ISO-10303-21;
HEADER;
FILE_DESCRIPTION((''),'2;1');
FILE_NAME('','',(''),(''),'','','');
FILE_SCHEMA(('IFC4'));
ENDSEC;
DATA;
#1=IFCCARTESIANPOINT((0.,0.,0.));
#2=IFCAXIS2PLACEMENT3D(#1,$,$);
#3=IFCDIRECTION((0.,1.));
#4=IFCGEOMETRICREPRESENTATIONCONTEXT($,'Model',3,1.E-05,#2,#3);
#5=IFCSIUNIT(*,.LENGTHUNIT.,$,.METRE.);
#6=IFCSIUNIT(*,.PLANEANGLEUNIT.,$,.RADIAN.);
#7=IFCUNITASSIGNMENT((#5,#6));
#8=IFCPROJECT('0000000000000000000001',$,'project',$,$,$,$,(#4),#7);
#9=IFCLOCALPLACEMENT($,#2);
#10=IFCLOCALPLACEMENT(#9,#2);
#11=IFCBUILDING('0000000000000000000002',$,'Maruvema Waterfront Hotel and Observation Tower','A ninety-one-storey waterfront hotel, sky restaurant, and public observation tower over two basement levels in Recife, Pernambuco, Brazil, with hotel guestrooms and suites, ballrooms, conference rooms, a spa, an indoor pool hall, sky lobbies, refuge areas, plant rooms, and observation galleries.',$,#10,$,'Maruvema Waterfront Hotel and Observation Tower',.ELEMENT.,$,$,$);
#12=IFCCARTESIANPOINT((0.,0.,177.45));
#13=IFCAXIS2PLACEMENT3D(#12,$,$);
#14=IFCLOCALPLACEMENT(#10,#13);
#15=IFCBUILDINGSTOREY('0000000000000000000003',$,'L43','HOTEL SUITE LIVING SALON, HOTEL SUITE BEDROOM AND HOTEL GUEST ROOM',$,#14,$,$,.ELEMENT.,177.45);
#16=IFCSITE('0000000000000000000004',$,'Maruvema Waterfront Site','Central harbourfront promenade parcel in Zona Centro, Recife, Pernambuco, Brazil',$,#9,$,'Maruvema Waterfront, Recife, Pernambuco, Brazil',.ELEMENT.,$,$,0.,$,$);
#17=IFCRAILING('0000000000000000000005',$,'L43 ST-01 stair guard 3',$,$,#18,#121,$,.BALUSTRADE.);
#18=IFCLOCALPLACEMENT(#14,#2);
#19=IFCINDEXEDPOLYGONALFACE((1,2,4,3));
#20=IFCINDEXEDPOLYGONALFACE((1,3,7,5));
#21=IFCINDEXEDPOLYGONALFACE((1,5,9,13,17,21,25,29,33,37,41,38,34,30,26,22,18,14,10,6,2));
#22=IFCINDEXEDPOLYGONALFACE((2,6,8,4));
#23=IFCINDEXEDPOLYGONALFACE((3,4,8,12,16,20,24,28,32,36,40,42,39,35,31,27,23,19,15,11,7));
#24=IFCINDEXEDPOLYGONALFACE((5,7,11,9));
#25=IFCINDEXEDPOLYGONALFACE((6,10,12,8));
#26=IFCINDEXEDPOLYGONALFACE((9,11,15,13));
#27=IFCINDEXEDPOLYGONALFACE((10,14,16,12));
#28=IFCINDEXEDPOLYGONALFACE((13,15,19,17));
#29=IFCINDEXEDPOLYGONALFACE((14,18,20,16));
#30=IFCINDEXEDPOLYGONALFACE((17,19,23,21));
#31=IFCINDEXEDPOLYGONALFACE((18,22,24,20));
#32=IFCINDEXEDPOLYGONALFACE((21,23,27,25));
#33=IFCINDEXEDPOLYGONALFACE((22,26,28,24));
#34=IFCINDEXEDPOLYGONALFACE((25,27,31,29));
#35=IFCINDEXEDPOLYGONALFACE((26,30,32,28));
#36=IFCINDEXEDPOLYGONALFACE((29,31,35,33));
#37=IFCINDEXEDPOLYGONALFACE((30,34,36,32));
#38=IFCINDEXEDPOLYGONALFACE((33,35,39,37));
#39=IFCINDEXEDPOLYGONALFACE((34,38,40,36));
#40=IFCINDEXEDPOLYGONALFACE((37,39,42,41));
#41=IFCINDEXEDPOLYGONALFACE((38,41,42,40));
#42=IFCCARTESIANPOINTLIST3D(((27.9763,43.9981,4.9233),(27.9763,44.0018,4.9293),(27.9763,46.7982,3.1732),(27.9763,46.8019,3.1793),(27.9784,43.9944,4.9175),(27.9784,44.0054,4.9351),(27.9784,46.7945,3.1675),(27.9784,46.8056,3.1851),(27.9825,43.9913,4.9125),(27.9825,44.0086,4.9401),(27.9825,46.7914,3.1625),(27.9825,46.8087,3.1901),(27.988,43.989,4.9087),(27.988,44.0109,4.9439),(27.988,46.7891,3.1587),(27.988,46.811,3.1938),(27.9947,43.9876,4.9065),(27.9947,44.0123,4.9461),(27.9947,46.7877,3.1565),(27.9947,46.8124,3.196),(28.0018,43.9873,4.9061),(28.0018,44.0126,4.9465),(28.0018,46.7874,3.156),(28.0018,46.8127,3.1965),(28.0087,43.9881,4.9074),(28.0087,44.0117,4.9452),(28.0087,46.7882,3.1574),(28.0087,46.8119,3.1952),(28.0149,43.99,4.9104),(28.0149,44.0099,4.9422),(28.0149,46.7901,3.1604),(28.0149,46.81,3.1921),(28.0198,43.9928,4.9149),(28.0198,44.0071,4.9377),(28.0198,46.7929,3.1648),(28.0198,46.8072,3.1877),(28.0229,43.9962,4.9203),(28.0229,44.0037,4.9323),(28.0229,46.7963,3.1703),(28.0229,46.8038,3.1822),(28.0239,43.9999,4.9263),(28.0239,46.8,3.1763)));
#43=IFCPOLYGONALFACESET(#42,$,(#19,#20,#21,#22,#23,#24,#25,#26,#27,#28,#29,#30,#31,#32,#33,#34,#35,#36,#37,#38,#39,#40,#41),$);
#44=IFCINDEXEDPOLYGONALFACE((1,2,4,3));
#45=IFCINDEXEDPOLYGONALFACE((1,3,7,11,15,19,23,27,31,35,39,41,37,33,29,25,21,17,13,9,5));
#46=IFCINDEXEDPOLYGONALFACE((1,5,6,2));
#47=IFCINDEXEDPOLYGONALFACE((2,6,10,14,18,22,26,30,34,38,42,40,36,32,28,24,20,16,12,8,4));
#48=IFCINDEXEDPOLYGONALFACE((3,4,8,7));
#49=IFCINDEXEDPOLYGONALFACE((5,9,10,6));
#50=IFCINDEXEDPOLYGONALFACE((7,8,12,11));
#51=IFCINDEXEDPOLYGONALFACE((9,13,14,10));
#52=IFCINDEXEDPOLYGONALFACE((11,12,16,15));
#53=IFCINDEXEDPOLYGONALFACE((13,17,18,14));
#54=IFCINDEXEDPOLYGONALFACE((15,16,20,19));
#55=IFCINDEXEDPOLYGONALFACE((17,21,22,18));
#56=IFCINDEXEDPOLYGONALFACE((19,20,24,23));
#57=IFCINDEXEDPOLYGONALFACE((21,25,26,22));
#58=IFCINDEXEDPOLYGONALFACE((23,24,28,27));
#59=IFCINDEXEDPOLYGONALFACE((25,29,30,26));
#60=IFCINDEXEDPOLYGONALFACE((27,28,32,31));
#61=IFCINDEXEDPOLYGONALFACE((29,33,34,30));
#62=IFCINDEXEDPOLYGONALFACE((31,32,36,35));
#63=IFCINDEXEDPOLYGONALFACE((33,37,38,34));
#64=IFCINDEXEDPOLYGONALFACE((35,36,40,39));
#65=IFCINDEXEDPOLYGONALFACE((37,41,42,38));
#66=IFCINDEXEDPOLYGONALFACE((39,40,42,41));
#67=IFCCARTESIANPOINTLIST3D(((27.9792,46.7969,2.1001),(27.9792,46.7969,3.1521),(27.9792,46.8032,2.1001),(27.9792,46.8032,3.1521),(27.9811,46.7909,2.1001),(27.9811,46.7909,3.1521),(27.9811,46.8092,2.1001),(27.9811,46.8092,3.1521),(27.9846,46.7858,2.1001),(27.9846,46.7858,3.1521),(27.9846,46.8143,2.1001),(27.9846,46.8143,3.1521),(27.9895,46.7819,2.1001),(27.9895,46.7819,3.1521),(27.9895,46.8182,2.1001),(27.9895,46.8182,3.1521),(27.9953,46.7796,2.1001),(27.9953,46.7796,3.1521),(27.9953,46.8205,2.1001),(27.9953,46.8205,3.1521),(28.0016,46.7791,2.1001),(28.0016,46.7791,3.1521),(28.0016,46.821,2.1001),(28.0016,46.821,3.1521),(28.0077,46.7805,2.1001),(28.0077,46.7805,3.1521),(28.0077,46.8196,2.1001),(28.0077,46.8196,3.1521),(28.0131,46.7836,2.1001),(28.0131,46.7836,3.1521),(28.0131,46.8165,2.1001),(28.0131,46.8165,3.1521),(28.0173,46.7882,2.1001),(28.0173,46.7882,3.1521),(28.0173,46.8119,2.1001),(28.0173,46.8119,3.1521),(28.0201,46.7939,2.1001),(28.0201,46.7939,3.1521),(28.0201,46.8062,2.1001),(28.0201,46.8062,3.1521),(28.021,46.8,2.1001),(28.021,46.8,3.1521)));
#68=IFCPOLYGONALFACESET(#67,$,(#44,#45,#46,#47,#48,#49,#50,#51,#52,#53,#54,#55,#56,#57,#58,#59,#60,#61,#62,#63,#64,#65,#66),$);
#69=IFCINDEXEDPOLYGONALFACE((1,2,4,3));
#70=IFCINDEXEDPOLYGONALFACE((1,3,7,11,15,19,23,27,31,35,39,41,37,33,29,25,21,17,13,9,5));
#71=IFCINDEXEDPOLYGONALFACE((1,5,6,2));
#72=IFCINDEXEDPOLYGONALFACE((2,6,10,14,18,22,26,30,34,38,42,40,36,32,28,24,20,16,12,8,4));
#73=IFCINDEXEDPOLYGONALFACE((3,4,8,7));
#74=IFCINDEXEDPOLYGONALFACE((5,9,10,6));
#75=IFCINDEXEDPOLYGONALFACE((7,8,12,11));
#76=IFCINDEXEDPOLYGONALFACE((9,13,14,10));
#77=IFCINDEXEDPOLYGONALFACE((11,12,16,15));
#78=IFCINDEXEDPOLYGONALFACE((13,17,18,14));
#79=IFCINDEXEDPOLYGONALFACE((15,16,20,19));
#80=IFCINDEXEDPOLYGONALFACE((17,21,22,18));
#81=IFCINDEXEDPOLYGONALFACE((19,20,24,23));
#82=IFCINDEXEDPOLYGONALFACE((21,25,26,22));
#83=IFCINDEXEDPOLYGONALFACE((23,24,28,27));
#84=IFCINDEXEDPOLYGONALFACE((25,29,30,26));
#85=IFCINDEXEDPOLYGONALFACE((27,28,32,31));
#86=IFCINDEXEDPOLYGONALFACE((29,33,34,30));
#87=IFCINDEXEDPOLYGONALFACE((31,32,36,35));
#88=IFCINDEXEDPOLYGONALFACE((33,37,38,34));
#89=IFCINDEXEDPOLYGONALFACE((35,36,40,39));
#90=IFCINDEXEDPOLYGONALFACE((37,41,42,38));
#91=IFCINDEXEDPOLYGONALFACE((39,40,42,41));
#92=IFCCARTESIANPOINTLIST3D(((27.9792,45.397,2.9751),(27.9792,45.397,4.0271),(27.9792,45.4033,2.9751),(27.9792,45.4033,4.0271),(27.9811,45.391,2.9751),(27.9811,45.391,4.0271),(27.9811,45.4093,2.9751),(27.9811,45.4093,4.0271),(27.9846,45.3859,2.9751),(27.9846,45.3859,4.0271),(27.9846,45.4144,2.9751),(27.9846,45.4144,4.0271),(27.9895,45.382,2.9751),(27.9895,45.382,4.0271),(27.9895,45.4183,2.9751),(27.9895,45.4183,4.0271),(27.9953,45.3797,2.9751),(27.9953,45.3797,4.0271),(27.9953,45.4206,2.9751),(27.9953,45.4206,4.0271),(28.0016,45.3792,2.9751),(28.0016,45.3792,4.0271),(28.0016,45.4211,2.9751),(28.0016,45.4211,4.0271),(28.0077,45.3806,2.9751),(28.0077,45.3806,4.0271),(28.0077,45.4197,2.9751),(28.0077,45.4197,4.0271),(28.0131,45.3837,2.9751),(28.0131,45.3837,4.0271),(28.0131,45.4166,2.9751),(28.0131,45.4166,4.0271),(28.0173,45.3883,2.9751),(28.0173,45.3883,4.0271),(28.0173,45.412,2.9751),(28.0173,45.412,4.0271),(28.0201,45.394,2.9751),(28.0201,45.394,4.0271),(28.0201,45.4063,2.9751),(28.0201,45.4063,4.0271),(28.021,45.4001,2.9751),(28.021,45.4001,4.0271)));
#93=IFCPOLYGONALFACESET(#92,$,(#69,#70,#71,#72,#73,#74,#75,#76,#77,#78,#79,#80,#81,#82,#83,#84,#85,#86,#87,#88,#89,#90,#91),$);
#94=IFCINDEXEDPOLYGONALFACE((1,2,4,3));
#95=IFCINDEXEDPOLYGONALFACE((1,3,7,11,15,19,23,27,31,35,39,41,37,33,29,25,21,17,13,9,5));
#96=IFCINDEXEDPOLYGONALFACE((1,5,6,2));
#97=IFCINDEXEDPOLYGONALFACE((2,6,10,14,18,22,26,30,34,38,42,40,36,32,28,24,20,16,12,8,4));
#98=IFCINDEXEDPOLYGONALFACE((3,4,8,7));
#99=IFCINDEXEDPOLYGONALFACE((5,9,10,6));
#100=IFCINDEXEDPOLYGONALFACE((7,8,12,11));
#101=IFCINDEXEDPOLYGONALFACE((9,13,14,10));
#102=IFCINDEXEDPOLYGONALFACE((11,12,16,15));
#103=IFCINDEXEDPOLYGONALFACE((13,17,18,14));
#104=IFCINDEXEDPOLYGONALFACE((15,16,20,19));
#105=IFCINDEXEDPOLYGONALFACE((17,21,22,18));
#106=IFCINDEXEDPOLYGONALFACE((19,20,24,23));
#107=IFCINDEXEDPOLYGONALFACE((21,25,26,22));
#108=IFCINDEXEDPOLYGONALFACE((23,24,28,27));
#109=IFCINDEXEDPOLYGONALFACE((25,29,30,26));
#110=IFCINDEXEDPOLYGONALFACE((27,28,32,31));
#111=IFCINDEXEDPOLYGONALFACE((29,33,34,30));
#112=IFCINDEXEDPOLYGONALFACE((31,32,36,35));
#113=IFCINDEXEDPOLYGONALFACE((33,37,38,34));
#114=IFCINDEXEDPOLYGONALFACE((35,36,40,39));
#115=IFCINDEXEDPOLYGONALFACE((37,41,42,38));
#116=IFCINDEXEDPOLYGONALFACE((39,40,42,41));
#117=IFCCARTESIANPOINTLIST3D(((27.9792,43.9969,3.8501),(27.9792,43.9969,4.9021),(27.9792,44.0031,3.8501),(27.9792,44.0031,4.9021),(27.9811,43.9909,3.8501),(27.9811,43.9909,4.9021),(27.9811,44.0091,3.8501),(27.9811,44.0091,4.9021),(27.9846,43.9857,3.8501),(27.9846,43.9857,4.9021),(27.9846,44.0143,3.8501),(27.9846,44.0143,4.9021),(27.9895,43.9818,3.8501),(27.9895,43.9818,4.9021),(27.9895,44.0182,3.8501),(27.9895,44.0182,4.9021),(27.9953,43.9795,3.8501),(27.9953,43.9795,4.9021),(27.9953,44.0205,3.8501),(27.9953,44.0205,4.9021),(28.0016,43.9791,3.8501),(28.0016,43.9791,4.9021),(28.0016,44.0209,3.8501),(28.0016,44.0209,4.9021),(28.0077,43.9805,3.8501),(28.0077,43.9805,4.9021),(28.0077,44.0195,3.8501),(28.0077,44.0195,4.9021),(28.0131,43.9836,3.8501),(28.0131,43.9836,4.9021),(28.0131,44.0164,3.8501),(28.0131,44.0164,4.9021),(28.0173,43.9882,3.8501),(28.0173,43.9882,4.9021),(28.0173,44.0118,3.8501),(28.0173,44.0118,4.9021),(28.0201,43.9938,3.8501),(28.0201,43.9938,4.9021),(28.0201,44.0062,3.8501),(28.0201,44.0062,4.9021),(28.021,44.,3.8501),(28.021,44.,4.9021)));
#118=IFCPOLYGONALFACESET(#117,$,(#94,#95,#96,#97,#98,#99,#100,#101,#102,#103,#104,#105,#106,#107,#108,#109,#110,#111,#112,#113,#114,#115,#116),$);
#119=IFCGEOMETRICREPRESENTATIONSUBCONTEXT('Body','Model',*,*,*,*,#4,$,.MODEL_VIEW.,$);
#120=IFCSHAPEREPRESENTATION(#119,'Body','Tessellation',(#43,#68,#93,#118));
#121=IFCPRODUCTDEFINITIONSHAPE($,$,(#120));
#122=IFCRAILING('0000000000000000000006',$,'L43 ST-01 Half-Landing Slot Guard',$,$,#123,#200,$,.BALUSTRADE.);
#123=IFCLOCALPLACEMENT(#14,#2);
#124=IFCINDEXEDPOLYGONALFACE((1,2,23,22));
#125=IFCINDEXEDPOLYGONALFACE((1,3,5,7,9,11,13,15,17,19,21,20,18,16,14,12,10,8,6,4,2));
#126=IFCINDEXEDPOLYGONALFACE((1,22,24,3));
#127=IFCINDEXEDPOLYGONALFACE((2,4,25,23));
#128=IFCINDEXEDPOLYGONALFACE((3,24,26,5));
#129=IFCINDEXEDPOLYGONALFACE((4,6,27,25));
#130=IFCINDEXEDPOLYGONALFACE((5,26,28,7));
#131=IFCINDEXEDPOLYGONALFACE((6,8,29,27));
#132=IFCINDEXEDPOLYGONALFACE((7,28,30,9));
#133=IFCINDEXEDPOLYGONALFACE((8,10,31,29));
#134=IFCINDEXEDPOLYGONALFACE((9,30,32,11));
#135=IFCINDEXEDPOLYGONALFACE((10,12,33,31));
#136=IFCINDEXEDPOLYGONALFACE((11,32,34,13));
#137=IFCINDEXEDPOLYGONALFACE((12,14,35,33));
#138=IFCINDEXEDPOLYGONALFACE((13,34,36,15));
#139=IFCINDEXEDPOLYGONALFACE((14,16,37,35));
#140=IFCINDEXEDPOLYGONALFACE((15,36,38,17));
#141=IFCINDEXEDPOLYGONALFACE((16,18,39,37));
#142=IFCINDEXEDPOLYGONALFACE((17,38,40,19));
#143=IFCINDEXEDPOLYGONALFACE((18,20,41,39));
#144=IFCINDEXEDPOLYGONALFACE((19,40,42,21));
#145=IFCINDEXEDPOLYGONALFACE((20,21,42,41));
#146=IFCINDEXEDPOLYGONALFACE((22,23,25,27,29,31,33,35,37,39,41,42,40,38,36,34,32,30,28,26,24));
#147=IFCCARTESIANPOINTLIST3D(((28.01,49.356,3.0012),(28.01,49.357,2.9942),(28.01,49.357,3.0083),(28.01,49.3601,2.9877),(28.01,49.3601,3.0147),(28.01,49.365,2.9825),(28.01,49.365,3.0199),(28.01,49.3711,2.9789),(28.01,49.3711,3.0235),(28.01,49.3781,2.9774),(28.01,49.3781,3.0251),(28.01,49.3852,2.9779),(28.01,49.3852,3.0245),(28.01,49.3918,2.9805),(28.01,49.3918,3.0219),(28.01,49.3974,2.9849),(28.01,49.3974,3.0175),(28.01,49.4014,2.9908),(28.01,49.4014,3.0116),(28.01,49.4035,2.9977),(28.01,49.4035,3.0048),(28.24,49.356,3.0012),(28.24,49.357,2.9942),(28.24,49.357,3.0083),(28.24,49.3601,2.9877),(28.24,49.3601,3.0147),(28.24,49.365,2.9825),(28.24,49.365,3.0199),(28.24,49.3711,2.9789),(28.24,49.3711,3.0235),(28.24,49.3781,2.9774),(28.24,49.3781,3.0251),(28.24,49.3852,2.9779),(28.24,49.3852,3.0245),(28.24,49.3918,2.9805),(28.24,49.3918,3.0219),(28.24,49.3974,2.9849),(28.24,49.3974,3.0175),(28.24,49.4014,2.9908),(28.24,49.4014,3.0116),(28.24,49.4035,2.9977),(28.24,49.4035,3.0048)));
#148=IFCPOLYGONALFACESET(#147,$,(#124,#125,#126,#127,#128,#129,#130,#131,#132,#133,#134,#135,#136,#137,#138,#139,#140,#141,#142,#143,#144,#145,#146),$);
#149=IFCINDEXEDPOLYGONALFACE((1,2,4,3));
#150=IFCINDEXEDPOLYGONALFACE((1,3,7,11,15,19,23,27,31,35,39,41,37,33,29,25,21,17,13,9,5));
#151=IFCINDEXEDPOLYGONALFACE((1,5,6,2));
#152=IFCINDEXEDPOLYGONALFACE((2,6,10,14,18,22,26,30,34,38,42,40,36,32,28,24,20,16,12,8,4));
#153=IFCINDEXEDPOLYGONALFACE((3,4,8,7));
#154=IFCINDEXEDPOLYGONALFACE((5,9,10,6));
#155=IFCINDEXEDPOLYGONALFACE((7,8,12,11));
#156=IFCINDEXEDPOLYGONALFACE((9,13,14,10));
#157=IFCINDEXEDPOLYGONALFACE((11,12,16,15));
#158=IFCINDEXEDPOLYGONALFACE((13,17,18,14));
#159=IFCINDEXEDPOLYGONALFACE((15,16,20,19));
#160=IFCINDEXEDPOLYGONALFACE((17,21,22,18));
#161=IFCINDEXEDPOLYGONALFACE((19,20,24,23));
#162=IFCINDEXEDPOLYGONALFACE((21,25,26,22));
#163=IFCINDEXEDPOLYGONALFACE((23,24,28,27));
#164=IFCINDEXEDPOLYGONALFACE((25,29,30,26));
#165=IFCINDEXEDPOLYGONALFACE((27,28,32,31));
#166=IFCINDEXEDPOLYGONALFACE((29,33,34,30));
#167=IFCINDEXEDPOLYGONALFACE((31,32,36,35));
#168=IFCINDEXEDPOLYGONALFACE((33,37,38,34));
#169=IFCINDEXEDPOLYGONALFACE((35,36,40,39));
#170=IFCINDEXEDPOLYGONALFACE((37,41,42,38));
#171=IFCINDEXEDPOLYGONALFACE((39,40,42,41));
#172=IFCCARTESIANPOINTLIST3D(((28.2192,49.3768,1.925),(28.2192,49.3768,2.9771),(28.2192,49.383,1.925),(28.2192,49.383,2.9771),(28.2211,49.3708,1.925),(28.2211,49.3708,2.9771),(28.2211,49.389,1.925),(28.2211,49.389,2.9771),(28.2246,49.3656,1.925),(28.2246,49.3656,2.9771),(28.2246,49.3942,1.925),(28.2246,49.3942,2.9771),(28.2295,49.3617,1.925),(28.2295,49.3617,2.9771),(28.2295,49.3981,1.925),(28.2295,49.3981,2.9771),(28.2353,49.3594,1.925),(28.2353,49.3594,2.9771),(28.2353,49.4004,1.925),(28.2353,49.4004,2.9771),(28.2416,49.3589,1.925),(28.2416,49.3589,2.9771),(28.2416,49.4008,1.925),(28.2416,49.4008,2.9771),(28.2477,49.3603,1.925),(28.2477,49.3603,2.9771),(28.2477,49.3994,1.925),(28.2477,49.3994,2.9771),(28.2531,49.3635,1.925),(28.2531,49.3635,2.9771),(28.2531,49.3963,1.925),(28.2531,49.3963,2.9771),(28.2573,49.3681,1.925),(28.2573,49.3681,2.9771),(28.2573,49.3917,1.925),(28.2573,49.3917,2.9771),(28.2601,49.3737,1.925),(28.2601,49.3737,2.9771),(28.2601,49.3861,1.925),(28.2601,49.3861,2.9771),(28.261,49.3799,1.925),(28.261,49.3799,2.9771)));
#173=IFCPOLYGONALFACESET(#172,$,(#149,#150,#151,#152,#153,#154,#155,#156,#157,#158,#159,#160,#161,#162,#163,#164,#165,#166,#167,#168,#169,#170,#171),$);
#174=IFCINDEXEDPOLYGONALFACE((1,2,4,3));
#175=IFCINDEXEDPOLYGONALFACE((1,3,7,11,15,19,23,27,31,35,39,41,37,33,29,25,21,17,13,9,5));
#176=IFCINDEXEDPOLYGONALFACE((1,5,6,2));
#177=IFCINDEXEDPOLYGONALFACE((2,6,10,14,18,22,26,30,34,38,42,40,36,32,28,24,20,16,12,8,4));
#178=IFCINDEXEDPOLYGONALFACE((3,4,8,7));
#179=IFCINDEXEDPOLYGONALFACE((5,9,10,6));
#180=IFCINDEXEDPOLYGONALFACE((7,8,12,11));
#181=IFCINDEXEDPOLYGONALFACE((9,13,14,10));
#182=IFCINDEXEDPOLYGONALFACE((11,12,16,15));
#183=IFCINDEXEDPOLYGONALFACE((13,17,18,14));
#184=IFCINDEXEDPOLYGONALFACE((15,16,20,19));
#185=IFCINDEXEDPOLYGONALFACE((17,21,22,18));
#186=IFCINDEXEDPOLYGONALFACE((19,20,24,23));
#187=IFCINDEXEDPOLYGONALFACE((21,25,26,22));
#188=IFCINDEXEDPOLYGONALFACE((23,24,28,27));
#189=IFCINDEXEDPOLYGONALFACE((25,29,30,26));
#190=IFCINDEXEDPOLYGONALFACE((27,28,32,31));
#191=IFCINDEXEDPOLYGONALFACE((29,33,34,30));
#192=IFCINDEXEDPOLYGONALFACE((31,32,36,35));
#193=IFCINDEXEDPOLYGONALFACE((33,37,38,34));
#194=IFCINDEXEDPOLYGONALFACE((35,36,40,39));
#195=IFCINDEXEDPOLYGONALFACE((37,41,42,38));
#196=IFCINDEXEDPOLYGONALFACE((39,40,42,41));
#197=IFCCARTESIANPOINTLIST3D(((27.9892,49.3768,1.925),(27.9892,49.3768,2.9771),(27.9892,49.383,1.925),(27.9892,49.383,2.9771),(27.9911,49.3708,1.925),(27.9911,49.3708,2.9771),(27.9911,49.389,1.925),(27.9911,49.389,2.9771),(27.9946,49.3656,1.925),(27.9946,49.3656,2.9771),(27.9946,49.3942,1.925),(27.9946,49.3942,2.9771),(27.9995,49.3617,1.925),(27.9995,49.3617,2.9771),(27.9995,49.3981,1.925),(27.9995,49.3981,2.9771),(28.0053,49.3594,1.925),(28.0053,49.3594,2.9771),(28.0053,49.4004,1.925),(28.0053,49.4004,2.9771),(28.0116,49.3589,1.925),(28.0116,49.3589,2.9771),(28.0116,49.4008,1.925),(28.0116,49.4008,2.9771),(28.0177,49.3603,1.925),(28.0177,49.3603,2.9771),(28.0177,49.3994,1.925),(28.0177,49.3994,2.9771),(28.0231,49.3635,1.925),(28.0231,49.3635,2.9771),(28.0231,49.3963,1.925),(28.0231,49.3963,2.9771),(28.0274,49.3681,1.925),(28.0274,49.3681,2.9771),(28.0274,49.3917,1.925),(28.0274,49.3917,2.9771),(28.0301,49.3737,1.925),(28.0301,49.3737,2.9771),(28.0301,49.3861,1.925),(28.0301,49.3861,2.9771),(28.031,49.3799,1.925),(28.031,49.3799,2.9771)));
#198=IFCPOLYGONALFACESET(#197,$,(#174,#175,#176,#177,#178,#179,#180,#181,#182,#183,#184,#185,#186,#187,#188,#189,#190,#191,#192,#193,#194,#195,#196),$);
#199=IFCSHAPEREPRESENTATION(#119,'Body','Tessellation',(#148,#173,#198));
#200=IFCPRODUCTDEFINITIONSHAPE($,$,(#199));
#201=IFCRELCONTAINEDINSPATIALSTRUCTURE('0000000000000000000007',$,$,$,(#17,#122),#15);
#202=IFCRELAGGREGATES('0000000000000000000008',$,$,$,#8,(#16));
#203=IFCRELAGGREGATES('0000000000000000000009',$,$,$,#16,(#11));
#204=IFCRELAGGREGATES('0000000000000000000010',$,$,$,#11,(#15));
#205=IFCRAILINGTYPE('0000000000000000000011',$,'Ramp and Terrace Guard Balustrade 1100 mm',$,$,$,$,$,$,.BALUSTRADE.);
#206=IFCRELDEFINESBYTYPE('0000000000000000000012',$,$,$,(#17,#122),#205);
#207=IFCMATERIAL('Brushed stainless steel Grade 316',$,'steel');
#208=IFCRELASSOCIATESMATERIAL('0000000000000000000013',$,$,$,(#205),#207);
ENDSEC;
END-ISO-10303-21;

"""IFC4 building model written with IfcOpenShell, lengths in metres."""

from ifc_helpers import new_model, si_unit, direction, frame, origin, origin_2d, place, context, subcontext, project, spatial, circle, extrude, material, type_object, element, save


model = new_model("IFC4")

# Units and contexts
model_context = context("Model", 3, precision=1e-05, world=origin(), true_north=direction((0.0, 1.0)))
body_context = subcontext(model_context, "Body", "Model", "MODEL_VIEW")
ifc_project = project(units=[si_unit("LENGTHUNIT", "METRE"), si_unit("PLANEANGLEUNIT", "RADIAN")], contexts=[model_context])

# Site, building, storey
site_placement = place(None, origin())
site = spatial("IfcSite", under=ifc_project, at=site_placement, Name="Maruvema Waterfront Site", Description="Central harbourfront promenade parcel in Zona Centro, Recife, Pernambuco, Brazil", LongName="Maruvema Waterfront, Recife, Pernambuco, Brazil", CompositionType="ELEMENT", RefElevation=0.0)
building_placement = place(site_placement, origin())
building = spatial("IfcBuilding", under=site, at=building_placement, Name="Maruvema Waterfront Hotel and Observation Tower", Description="A ninety-one-storey waterfront hotel, sky restaurant, and public observation tower over two basement levels in Recife, Pernambuco, Brazil, with hotel guestrooms and suites, ballrooms, conference rooms, a spa, an indoor pool hall, sky lobbies, refuge areas, plant rooms, and observation galleries.", LongName="Maruvema Waterfront Hotel and Observation Tower", CompositionType="ELEMENT")
storey_placement = place(building_placement, frame((0.0, 0.0, 177.45)))
storey = spatial("IfcBuildingStorey", under=building, at=storey_placement, Name="L43", Description="HOTEL SUITE LIVING SALON, HOTEL SUITE BEDROOM AND HOTEL GUEST ROOM", CompositionType="ELEMENT", Elevation=177.45)

# Railings
ifc_material_1 = material(Name="Brushed stainless steel Grade 316", Category="steel")
railing_type_1 = type_object("IfcRailingType", Name="Ramp and Terrace Guard Balustrade 1100 mm", PredefinedType="BALUSTRADE", material=ifc_material_1)
railing_1_placement = place(storey_placement, frame((28.0, 46.8, 2.1001)))
element("IfcRailing", 1, at=railing_1_placement, inside=storey, type_object=railing_type_1, Name="L43 ST-01 stair guard 3", PredefinedType="BALUSTRADE", context=body_context, shape_type="SweptSolid", body=[
    extrude(circle(Radius=0.0239, at=origin_2d()), frame((0.0, 0.0, 1.0762), z_axis=(0.0, -0.848002, 0.529992), x_axis=(1.0, 0.0, 0.0)), (0.0, 0.0, 1.0), 3.302),
    extrude(circle(Radius=0.021, at=origin_2d()), origin(), (0.0, 0.0, 1.0), 1.052),
    extrude(circle(Radius=0.021, at=origin_2d()), frame((0.0, -1.3999, 0.875)), (0.0, 0.0, 1.0), 1.052),
    extrude(circle(Radius=0.021, at=origin_2d()), frame((0.0, -2.8, 1.75)), (0.0, 0.0, 1.0), 1.052),
])
railing_2_placement = place(storey_placement, frame((28.24, 49.3799, 1.925)))
element("IfcRailing", 2, at=railing_2_placement, inside=storey, type_object=railing_type_1, Name="L43 ST-01 Half-Landing Slot Guard", PredefinedType="BALUSTRADE", context=body_context, shape_type="SweptSolid", body=[
    extrude(circle(Radius=0.0239, at=origin_2d()), frame((0.0, 0.0, 1.0762), z_axis=(-1.0, 0.0, 0.0), x_axis=(0.0, -1.0, 0.0)), (0.0, 0.0, 1.0), 0.23),
    extrude(circle(Radius=0.021, at=origin_2d()), origin(), (0.0, 0.0, 1.0), 1.052),
    extrude(circle(Radius=0.021, at=origin_2d()), frame((-0.23, 0.0, 0.0)), (0.0, 0.0, 1.0), 1.052),
])

save(model, "model.ifc")
